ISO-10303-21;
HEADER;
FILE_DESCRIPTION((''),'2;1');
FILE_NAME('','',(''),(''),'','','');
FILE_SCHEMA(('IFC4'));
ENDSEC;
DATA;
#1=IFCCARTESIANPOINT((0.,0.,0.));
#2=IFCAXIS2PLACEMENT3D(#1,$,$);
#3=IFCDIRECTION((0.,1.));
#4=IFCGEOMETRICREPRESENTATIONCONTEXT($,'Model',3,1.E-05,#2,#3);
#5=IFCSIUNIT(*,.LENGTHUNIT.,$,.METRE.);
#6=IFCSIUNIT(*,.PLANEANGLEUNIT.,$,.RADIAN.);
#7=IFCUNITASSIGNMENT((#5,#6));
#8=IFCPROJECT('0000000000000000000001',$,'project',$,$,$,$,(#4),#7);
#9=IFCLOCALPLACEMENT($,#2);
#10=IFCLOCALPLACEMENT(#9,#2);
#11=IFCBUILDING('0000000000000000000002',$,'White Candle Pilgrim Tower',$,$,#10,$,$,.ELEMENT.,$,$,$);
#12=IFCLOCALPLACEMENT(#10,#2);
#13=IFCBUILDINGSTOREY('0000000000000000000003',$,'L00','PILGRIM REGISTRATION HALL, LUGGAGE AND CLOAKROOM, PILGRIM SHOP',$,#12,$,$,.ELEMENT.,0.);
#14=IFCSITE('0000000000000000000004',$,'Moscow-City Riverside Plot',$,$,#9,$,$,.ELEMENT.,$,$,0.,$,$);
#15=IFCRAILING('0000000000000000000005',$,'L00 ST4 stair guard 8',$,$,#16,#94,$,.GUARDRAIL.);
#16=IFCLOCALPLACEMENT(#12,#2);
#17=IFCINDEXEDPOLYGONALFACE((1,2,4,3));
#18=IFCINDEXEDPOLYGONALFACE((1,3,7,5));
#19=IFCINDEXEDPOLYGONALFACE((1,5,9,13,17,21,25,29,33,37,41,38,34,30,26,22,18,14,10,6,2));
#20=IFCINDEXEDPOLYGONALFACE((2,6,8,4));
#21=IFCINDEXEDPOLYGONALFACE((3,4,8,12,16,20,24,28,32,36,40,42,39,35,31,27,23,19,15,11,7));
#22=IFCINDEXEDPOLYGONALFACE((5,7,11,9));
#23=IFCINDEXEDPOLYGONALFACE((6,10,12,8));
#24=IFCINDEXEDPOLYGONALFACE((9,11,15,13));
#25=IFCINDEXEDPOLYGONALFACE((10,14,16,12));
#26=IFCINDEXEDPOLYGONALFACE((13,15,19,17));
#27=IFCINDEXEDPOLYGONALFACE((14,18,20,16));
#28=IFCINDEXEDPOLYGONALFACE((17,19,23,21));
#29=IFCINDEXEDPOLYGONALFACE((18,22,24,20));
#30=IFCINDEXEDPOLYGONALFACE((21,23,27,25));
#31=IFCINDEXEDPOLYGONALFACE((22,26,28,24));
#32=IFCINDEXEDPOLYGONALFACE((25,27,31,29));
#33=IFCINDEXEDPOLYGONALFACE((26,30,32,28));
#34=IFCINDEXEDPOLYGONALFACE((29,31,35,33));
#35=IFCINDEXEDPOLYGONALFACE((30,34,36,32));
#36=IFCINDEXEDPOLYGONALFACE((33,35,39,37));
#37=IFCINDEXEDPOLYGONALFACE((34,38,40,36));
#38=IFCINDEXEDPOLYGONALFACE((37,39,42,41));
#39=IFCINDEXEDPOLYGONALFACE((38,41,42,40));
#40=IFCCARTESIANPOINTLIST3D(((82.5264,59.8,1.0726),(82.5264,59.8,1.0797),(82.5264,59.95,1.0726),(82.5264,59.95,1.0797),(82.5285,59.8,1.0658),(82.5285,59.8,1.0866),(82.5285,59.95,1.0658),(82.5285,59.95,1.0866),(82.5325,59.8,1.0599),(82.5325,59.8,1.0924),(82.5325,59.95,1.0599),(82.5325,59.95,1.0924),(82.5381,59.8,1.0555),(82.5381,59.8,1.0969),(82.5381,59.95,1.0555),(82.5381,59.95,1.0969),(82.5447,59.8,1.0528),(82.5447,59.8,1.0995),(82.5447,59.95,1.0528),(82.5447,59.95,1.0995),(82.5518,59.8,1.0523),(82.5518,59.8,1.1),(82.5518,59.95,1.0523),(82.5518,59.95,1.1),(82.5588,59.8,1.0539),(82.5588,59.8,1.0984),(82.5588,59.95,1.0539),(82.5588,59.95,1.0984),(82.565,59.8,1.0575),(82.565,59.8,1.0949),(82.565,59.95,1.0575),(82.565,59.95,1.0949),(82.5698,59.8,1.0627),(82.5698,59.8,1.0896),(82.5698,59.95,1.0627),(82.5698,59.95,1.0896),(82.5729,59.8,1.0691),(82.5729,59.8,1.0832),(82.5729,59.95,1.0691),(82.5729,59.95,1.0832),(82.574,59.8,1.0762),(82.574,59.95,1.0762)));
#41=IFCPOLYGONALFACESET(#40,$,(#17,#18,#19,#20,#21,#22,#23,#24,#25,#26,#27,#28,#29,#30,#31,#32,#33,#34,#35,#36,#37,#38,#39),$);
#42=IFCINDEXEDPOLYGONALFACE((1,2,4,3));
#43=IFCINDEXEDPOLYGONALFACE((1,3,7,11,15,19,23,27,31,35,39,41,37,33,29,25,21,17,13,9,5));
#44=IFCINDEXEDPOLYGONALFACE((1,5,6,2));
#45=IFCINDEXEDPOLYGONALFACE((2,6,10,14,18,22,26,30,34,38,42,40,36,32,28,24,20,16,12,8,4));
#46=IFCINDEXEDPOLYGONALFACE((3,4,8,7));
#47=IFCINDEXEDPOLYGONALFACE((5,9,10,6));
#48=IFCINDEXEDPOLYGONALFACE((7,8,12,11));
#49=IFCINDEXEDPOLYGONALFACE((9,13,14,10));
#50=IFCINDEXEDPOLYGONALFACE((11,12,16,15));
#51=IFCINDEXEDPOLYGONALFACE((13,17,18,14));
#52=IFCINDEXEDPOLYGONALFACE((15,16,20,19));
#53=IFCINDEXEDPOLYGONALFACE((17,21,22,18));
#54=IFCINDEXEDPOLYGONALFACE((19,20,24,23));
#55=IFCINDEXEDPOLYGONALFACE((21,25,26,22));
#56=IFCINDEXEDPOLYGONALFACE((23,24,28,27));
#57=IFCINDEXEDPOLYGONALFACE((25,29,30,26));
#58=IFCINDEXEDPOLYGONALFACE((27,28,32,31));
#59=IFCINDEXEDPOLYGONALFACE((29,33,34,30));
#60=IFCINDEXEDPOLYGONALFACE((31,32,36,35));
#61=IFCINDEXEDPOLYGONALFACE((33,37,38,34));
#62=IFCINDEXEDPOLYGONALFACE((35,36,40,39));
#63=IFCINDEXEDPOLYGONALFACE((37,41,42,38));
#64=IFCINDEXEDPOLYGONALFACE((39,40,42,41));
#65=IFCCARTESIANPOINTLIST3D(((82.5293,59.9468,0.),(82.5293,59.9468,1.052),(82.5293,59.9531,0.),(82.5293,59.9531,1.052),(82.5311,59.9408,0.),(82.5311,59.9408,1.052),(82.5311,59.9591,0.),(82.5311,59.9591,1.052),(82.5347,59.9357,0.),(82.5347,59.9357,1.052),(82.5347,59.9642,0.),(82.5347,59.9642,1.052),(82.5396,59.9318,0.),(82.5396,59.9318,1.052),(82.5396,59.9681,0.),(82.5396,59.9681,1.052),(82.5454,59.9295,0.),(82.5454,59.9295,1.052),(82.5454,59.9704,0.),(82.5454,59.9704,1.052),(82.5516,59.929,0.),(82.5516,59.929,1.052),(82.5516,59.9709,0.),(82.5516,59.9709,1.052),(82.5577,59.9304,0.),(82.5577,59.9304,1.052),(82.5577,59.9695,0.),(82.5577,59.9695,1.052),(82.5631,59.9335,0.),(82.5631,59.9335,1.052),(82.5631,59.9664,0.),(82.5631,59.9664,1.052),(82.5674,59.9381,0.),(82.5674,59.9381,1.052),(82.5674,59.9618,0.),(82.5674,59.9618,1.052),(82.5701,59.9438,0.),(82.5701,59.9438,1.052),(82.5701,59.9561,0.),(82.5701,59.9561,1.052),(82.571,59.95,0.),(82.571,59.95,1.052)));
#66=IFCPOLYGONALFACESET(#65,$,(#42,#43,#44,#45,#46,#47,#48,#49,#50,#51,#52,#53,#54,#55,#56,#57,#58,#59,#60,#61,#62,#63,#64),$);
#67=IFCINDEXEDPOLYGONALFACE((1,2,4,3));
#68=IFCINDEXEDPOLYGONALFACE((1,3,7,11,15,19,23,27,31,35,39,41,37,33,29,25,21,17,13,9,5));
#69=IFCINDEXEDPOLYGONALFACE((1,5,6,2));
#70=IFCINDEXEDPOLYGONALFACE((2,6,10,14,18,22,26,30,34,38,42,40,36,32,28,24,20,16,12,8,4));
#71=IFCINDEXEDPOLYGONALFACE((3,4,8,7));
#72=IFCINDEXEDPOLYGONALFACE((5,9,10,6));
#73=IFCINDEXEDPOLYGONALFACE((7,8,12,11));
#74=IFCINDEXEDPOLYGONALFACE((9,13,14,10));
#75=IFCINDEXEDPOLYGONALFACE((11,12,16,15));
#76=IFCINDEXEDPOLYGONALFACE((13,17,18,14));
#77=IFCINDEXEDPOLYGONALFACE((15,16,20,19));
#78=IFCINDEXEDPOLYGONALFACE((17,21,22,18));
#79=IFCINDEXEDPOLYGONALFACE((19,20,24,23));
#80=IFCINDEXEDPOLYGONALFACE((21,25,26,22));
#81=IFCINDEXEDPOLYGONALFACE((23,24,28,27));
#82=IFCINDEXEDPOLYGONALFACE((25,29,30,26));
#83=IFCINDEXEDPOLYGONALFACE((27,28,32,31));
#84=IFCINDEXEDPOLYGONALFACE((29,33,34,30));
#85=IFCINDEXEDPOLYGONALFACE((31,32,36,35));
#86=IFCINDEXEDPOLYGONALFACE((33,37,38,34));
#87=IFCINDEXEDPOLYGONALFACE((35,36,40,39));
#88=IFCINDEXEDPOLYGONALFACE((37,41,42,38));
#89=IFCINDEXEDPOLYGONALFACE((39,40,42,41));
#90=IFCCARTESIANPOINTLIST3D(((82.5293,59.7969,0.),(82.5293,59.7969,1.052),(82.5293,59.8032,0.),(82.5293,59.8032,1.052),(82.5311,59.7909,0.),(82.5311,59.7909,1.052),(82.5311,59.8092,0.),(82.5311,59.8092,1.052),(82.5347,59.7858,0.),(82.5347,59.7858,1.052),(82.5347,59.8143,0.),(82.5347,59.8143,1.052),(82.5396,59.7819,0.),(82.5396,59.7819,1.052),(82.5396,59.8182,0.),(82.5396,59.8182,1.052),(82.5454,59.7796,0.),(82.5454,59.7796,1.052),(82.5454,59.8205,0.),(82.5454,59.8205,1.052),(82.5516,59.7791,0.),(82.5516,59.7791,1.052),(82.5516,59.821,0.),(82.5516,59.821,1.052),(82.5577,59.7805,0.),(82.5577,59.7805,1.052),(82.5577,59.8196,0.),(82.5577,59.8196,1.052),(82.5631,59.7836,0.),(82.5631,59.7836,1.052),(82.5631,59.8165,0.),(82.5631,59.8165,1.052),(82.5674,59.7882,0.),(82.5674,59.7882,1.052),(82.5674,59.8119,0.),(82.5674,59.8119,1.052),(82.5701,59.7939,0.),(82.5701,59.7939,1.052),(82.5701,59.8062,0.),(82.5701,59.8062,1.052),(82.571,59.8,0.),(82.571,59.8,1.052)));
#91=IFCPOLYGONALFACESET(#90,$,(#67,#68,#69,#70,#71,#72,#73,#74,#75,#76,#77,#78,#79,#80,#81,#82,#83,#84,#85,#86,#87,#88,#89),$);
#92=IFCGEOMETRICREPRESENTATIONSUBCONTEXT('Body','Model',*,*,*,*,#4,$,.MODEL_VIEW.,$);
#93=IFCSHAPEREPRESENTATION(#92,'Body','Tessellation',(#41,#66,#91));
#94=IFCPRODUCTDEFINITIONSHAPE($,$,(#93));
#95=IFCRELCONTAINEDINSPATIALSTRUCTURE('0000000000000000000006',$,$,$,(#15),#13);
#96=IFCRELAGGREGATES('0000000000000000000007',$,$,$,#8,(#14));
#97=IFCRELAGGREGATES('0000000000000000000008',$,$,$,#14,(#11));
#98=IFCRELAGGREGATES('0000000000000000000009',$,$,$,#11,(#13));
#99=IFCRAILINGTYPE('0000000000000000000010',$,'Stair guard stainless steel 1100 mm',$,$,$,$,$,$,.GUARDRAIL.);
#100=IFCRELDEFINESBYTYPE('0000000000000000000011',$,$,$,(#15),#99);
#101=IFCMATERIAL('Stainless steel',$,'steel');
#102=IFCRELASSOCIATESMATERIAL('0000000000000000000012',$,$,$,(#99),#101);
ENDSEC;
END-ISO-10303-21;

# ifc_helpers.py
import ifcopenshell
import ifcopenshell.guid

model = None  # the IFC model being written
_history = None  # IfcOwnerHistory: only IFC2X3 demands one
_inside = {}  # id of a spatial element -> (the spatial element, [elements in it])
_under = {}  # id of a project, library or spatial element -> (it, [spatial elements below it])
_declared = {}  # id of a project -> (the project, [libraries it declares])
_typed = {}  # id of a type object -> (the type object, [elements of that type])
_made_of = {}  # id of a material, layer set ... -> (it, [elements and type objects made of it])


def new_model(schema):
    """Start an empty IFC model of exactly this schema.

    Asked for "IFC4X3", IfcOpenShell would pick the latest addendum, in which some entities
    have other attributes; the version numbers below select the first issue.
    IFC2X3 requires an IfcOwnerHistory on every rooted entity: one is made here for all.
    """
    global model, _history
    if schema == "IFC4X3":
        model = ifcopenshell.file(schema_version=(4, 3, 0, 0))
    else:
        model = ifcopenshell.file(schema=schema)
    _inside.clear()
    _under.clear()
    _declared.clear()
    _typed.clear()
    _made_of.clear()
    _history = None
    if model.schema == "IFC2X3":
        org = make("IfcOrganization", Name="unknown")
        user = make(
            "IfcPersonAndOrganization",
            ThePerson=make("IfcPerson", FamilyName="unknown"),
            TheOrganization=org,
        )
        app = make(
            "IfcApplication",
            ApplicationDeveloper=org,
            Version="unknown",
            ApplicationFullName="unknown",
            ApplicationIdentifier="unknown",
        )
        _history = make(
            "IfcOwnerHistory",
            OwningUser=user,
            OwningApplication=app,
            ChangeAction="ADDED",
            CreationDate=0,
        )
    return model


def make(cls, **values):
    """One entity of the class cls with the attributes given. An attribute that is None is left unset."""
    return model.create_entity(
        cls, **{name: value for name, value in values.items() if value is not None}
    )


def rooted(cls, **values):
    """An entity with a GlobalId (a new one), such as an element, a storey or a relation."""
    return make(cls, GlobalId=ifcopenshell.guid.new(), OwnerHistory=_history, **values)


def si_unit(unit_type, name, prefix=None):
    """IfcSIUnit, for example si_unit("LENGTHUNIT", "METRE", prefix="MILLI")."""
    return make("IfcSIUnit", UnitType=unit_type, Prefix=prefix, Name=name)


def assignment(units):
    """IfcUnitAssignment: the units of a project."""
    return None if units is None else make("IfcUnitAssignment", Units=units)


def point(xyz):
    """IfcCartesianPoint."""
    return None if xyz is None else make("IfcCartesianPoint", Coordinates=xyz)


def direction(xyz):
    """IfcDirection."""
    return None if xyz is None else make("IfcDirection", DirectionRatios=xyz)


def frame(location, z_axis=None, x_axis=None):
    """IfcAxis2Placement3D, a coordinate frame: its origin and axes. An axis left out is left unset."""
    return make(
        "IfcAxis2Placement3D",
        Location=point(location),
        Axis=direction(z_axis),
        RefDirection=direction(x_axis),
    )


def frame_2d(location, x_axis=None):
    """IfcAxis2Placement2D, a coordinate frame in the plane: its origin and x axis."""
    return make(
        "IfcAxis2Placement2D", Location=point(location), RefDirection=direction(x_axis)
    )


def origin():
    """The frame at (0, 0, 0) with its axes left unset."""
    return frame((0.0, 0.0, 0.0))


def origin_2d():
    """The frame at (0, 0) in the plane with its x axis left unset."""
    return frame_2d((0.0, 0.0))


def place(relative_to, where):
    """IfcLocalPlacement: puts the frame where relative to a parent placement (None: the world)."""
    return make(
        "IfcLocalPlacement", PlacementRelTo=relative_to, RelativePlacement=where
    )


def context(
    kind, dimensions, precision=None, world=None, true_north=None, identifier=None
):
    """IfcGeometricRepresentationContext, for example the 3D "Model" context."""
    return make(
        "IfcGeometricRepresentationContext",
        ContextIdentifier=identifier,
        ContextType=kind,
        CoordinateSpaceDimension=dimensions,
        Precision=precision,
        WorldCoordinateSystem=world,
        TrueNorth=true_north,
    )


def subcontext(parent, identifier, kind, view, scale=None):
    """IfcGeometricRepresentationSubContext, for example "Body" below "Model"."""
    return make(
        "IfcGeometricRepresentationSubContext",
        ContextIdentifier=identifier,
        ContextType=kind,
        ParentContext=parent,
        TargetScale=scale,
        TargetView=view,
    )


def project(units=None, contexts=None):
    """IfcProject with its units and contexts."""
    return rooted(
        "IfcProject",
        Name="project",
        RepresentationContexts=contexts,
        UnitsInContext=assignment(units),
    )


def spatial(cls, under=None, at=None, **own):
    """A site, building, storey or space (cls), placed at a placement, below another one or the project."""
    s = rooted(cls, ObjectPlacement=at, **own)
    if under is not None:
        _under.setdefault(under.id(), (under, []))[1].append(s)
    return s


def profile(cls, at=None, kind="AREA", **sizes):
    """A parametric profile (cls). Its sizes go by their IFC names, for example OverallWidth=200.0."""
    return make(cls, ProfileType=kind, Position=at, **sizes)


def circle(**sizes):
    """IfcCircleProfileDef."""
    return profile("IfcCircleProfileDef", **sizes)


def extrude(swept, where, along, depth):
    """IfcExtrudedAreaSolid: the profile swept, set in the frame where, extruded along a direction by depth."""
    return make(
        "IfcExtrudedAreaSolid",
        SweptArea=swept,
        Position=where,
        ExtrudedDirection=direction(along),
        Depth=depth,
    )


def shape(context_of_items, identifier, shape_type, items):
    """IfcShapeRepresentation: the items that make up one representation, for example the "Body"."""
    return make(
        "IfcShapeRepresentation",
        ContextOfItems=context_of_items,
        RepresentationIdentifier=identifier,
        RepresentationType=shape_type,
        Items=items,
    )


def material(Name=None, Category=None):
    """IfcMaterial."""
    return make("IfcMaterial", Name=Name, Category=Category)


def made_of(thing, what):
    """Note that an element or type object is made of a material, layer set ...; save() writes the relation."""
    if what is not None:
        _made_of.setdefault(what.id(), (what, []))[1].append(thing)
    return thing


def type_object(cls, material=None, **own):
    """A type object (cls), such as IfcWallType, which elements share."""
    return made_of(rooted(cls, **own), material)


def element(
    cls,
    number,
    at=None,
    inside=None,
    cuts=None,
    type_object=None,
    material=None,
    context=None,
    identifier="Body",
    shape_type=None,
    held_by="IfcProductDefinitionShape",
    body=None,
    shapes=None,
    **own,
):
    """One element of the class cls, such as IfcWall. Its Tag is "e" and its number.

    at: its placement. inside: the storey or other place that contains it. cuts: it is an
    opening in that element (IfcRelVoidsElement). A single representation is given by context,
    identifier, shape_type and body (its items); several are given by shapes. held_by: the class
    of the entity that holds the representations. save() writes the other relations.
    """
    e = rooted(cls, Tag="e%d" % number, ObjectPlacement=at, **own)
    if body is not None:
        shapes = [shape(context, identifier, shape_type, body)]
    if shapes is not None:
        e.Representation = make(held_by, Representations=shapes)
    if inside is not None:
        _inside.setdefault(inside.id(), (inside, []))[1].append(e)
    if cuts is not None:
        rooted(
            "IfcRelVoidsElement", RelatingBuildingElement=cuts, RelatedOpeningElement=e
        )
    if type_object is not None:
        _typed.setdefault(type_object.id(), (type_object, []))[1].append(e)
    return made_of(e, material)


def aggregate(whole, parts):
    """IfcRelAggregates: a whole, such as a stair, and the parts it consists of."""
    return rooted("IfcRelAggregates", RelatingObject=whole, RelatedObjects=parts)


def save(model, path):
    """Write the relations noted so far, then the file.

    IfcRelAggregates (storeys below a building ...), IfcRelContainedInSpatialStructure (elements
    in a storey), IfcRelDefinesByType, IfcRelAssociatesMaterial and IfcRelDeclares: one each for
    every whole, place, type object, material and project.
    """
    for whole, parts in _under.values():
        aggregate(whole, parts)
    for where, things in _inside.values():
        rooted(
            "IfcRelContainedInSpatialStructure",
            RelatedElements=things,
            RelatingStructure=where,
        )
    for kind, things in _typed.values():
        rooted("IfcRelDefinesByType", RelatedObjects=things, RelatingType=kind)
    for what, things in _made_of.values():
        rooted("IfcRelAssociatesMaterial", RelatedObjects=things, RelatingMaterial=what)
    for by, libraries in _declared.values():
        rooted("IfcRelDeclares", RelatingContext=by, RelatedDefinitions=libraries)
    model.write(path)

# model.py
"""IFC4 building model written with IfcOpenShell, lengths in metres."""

from ifc_helpers import new_model, si_unit, direction, frame, origin, origin_2d, place, context, subcontext, project, spatial, circle, extrude, material, type_object, element, save


model = new_model("IFC4")

# Units and contexts
model_context = context("Model", 3, precision=1e-05, world=origin(), true_north=direction((0.0, 1.0)))
body_context = subcontext(model_context, "Body", "Model", "MODEL_VIEW")
ifc_project = project(units=[si_unit("LENGTHUNIT", "METRE"), si_unit("PLANEANGLEUNIT", "RADIAN")], contexts=[model_context])

# Site, building, storey
site_placement = place(None, origin())
site = spatial("IfcSite", under=ifc_project, at=site_placement, Name="Moscow-City Riverside Plot", CompositionType="ELEMENT", RefElevation=0.0)
building_placement = place(site_placement, origin())
building = spatial("IfcBuilding", under=site, at=building_placement, Name="White Candle Pilgrim Tower", CompositionType="ELEMENT")
storey_placement = place(building_placement, origin())
storey = spatial("IfcBuildingStorey", under=building, at=storey_placement, Name="L00", Description="PILGRIM REGISTRATION HALL, LUGGAGE AND CLOAKROOM, PILGRIM SHOP", CompositionType="ELEMENT", Elevation=0.0)

# Railing
ifc_material_1 = material(Name="Stainless steel", Category="steel")
railing_type_1 = type_object("IfcRailingType", Name="Stair guard stainless steel 1100 mm", PredefinedType="GUARDRAIL", material=ifc_material_1)
railing_1_placement = place(storey_placement, frame((82.55, 59.95, 0.0)))
element("IfcRailing", 1, at=railing_1_placement, inside=storey, type_object=railing_type_1, Name="L00 ST4 stair guard 8", PredefinedType="GUARDRAIL", context=body_context, shape_type="SweptSolid", body=[
    extrude(circle(Radius=0.0239, at=origin_2d()), frame((0.0, 0.0, 1.0762), z_axis=(0.0, -1.0, 0.0), x_axis=(1.0, 0.0, 0.0)), (0.0, 0.0, 1.0), 0.1499),
    extrude(circle(Radius=0.021, at=origin_2d()), origin(), (0.0, 0.0, 1.0), 1.052),
    extrude(circle(Radius=0.021, at=origin_2d()), frame((0.0, -0.1499, 0.0)), (0.0, 0.0, 1.0), 1.052),
])

save(model, "model.ifc")
